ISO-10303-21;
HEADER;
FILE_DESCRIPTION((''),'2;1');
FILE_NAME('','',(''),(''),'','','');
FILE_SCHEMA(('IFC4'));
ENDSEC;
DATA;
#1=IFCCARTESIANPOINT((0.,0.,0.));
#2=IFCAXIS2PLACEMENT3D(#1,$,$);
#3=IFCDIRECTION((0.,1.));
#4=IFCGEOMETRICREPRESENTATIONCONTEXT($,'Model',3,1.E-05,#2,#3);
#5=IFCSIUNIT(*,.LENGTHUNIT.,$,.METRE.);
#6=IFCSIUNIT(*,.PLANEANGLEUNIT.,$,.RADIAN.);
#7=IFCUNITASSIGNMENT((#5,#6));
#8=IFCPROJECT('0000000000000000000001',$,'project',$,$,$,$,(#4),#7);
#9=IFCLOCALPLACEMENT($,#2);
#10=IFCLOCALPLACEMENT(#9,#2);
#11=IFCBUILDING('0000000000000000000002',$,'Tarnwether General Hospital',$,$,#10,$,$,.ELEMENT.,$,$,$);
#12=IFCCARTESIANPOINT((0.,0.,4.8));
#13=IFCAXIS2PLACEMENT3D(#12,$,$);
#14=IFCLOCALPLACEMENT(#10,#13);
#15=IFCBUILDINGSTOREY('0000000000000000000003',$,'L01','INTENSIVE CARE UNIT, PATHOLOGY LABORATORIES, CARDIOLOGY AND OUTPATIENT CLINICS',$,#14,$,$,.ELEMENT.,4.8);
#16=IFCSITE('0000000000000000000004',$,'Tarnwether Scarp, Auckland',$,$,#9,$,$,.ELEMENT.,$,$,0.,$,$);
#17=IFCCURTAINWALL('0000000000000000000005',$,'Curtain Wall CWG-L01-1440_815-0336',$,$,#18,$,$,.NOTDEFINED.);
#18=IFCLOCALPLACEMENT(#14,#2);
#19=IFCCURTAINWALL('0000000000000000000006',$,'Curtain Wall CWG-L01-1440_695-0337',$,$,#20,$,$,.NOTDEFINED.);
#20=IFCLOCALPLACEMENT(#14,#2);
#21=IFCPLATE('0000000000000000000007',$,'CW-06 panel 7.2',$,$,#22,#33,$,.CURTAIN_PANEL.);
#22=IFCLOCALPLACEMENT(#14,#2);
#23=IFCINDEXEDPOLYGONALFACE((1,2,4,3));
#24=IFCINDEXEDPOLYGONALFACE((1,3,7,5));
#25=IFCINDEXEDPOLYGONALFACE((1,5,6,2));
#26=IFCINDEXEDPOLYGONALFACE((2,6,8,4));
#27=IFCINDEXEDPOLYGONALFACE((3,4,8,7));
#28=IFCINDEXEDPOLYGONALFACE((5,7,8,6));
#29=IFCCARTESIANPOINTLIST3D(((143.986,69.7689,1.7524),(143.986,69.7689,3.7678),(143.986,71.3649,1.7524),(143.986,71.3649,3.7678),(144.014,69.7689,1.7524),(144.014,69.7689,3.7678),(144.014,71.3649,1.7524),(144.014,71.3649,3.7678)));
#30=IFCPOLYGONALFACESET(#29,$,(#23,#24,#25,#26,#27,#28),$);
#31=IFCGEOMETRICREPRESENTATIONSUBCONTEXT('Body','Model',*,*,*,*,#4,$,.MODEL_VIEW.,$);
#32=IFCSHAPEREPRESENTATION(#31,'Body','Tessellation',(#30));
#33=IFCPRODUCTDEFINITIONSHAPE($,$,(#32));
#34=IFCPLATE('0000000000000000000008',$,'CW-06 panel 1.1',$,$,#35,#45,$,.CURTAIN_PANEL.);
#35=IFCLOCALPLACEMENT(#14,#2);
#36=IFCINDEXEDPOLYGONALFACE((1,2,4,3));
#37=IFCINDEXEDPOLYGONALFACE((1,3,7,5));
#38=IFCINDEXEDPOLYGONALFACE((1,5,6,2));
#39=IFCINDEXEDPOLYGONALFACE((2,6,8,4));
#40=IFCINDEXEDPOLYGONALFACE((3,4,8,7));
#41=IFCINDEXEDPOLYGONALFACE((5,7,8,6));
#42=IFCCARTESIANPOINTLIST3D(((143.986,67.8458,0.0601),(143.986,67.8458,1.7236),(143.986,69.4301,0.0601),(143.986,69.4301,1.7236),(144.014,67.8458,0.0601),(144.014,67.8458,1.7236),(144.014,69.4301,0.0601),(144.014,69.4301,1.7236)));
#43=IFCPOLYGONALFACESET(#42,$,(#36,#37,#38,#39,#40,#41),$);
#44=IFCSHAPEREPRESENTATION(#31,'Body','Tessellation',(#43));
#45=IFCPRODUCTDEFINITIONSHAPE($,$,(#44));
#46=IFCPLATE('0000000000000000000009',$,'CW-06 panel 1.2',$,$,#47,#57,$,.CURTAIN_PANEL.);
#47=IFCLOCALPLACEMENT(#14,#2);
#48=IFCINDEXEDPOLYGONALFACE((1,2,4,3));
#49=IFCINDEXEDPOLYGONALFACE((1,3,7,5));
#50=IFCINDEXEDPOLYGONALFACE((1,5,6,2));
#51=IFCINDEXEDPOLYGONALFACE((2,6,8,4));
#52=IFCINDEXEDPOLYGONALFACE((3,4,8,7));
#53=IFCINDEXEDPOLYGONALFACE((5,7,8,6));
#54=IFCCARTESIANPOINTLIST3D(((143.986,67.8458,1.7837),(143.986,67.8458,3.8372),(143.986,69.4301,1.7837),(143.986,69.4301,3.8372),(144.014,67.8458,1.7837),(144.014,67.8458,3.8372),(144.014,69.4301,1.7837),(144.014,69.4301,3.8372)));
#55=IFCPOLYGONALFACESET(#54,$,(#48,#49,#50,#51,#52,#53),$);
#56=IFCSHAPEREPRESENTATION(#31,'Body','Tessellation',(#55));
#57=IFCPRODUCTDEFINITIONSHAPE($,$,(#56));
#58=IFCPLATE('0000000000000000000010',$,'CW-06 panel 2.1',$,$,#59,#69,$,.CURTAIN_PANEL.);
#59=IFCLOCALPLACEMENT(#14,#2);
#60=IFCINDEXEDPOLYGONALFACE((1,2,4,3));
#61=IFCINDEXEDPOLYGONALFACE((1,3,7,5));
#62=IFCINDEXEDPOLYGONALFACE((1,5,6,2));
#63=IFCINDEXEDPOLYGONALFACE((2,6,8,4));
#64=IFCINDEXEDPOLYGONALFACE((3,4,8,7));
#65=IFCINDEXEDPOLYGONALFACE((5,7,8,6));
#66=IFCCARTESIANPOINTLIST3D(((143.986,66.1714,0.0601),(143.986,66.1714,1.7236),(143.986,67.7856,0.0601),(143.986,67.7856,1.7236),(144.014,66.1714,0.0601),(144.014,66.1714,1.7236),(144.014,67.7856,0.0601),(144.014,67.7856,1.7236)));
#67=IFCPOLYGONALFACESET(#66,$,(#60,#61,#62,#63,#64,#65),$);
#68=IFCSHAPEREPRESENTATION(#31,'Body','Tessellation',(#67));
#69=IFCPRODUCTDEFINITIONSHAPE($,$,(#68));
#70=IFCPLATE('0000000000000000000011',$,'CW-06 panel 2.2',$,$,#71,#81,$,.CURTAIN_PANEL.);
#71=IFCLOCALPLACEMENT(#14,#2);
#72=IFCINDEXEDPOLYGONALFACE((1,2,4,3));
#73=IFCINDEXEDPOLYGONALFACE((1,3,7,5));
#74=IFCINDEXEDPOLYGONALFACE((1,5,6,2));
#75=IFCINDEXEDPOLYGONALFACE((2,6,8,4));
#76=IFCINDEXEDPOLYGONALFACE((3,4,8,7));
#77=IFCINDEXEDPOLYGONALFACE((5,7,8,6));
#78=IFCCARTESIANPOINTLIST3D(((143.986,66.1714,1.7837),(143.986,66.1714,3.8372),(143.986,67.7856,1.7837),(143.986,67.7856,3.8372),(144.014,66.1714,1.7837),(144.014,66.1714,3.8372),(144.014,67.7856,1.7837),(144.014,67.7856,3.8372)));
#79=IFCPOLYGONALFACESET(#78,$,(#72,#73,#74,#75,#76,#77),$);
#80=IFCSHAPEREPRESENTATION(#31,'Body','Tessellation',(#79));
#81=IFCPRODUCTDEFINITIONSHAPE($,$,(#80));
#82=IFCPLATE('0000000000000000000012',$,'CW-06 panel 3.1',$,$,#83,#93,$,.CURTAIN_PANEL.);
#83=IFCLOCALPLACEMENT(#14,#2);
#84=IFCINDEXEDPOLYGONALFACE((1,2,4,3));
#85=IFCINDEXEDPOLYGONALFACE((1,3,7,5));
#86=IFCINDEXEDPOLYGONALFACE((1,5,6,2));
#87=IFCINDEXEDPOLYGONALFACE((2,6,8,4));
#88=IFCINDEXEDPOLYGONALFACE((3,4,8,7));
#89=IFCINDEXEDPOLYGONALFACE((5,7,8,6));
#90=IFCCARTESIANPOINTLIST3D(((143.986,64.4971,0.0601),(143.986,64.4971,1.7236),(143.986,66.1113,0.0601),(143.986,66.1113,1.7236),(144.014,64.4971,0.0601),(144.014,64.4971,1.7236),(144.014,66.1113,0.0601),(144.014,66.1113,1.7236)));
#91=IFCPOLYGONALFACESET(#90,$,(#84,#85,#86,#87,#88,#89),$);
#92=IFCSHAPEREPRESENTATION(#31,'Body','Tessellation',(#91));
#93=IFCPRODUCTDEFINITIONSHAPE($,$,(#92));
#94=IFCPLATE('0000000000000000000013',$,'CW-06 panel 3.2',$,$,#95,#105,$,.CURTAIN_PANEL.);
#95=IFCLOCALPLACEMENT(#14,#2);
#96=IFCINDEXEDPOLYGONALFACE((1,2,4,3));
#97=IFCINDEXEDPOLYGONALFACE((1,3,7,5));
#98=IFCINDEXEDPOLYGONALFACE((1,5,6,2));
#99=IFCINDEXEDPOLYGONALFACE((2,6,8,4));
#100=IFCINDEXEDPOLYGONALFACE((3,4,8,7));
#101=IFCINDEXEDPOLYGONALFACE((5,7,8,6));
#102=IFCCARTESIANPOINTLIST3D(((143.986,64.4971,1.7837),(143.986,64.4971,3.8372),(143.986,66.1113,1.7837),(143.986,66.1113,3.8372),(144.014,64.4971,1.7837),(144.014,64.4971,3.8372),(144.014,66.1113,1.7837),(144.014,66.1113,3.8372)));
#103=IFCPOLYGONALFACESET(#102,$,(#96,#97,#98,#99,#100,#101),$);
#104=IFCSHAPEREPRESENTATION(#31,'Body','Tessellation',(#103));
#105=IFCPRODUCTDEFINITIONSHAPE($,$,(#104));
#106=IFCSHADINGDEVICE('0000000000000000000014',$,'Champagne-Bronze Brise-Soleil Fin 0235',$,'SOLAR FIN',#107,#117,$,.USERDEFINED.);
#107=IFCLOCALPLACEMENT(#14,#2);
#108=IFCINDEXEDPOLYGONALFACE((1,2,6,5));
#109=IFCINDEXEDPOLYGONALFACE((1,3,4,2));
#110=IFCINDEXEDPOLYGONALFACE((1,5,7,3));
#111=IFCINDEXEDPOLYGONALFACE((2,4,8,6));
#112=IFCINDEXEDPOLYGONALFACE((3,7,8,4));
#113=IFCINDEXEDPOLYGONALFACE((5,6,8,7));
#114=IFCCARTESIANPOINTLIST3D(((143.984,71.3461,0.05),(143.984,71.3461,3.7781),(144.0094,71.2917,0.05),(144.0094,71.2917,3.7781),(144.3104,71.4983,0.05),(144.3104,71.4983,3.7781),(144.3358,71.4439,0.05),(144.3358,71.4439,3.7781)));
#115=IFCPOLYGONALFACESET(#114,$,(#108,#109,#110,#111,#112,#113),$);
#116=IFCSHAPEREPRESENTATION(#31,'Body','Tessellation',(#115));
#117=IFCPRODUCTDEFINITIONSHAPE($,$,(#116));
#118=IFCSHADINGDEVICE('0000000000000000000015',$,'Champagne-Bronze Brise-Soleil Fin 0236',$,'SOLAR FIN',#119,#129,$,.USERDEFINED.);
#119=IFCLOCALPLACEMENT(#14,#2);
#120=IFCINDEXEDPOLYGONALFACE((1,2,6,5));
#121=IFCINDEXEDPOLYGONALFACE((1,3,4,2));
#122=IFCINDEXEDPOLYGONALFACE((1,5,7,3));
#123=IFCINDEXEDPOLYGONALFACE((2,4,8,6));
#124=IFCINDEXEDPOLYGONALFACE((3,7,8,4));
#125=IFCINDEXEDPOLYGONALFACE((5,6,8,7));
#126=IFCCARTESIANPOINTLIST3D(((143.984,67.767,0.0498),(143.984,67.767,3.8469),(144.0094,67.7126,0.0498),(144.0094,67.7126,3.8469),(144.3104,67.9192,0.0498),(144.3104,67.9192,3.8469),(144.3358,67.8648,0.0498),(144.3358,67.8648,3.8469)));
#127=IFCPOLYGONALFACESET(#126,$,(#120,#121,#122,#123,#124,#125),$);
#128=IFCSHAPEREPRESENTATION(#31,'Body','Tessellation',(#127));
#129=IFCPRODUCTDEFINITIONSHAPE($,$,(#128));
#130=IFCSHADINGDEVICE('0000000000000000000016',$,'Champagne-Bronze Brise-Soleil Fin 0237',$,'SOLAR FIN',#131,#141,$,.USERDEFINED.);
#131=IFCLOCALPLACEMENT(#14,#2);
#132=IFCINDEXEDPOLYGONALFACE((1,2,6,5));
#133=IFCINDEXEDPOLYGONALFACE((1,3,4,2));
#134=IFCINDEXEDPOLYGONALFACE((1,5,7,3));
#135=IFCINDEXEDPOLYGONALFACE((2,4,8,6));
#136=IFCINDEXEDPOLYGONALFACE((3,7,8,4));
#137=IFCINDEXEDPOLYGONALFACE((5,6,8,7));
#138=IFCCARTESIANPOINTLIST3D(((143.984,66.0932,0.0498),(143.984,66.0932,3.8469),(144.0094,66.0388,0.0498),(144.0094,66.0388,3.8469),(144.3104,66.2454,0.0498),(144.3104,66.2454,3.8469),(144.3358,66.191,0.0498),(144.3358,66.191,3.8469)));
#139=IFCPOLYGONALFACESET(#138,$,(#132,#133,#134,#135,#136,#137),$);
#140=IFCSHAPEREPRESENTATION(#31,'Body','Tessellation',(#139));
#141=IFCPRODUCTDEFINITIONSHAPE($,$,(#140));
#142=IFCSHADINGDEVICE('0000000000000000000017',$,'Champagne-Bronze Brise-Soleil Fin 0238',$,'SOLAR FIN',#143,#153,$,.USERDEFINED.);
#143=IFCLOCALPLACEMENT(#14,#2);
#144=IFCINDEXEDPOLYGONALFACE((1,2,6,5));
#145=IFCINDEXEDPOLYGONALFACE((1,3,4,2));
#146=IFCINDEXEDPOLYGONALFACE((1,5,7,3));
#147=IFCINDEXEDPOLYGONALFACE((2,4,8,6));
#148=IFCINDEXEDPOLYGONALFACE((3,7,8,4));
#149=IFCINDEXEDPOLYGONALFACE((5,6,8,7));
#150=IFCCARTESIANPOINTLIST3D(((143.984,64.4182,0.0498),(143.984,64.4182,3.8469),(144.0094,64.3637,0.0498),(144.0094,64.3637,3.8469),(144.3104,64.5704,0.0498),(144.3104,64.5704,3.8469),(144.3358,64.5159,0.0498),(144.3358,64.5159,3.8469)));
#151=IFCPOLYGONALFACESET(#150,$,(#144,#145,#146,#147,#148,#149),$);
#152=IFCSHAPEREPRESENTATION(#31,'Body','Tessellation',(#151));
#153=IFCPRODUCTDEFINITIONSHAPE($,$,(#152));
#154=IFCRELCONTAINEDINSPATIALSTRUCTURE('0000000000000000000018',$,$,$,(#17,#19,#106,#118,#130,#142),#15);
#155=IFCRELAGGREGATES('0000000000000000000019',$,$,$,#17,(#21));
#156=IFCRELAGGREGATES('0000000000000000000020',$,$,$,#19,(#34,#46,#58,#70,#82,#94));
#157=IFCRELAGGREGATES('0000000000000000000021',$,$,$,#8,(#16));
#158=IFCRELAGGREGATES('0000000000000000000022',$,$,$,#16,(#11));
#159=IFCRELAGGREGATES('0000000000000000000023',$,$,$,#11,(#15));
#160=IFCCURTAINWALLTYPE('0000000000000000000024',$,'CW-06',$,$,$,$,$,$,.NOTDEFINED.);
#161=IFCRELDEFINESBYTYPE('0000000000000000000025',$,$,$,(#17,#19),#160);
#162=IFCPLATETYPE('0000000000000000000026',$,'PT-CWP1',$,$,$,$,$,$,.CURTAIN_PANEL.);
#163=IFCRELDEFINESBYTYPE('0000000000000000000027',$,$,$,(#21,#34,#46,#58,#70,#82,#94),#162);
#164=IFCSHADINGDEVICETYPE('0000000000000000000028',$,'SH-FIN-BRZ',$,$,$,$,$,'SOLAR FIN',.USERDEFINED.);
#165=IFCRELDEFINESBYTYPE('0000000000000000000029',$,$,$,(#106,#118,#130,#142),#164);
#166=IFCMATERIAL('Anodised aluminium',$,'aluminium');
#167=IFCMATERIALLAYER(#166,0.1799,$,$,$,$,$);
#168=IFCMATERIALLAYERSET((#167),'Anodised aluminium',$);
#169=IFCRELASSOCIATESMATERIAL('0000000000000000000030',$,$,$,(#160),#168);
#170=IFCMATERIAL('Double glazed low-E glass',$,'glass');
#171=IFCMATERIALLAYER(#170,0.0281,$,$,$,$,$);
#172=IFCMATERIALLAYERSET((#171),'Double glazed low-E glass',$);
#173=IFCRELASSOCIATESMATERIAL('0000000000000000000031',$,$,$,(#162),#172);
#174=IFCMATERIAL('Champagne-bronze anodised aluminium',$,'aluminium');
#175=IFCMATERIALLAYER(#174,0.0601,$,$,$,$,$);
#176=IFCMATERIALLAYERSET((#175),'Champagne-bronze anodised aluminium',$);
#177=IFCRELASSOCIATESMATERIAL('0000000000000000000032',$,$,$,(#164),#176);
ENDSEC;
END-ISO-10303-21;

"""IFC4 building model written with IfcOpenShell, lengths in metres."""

from ifc_helpers import new_model, si_unit, direction, frame, origin, origin_2d, place, context, subcontext, project, spatial, rectangle, extrude, material, layer, layer_set, type_object, element, aggregate, save


model = new_model("IFC4")

# Units and contexts
model_context = context("Model", 3, precision=1e-05, world=origin(), true_north=direction((0.0, 1.0)))
body_context = subcontext(model_context, "Body", "Model", "MODEL_VIEW")
ifc_project = project(units=[si_unit("LENGTHUNIT", "METRE"), si_unit("PLANEANGLEUNIT", "RADIAN")], contexts=[model_context])

# Site, building, storey
site_placement = place(None, origin())
site = spatial("IfcSite", under=ifc_project, at=site_placement, Name="Tarnwether Scarp, Auckland", CompositionType="ELEMENT", RefElevation=0.0)
building_placement = place(site_placement, origin())
building = spatial("IfcBuilding", under=site, at=building_placement, Name="Tarnwether General Hospital", CompositionType="ELEMENT")
storey_placement = place(building_placement, frame((0.0, 0.0, 4.8)))
storey = spatial("IfcBuildingStorey", under=building, at=storey_placement, Name="L01", Description="INTENSIVE CARE UNIT, PATHOLOGY LABORATORIES, CARDIOLOGY AND OUTPATIENT CLINICS", CompositionType="ELEMENT", Elevation=4.8)

# Curtain walls
ifc_material_1 = material(Name="Anodised aluminium", Category="aluminium")
ifc_layer_1 = layer(ifc_material_1, 0.1799)
ifc_layer_set_1 = layer_set([ifc_layer_1], Name="Anodised aluminium")
curtain_wall_type = type_object("IfcCurtainWallType", Name="CW-06", PredefinedType="NOTDEFINED", material=ifc_layer_set_1)
curtain_wall_1_placement = place(storey_placement, origin())
curtain_wall_1 = element("IfcCurtainWall", 1, at=curtain_wall_1_placement, inside=storey, type_object=curtain_wall_type, Name="Curtain Wall CWG-L01-1440_815-0336", PredefinedType="NOTDEFINED")
curtain_wall_2_placement = place(storey_placement, origin())
curtain_wall_2 = element("IfcCurtainWall", 2, at=curtain_wall_2_placement, inside=storey, type_object=curtain_wall_type, Name="Curtain Wall CWG-L01-1440_695-0337", PredefinedType="NOTDEFINED")

# Plates
ifc_material_2 = material(Name="Double glazed low-E glass", Category="glass")
ifc_layer_2 = layer(ifc_material_2, 0.0281)
ifc_layer_set_2 = layer_set([ifc_layer_2], Name="Double glazed low-E glass")
plate_type = type_object("IfcPlateType", Name="PT-CWP1", PredefinedType="CURTAIN_PANEL", material=ifc_layer_set_2)
plate_1_placement = place(storey_placement, frame((144.0, 70.5669, 1.7524), z_axis=(0.0, 0.0, 1.0), x_axis=(0.0, -1.0, 0.0)))
plate_1 = element("IfcPlate", 3, at=plate_1_placement, type_object=plate_type, Name="CW-06 panel 7.2", PredefinedType="CURTAIN_PANEL", context=body_context, shape_type="SweptSolid", body=[
    extrude(rectangle(XDim=1.5959, YDim=0.0281, at=origin_2d()), origin(), (0.0, 0.0, 1.0), 2.0154),
])
aggregate(curtain_wall_1, [plate_1])
plate_2_placement = place(storey_placement, frame((144.0, 68.6379, 0.0601), z_axis=(0.0, 0.0, 1.0), x_axis=(0.0, -1.0, 0.0)))
plate_2 = element("IfcPlate", 4, at=plate_2_placement, type_object=plate_type, Name="CW-06 panel 1.1", PredefinedType="CURTAIN_PANEL", context=body_context, shape_type="SweptSolid", body=[
    extrude(rectangle(XDim=1.5842, YDim=0.0281, at=origin_2d()), origin(), (0.0, 0.0, 1.0), 1.6636),
])
plate_3_placement = place(storey_placement, frame((144.0, 68.6379, 1.7837), z_axis=(0.0, 0.0, 1.0), x_axis=(0.0, -1.0, 0.0)))
plate_3 = element("IfcPlate", 5, at=plate_3_placement, type_object=plate_type, Name="CW-06 panel 1.2", PredefinedType="CURTAIN_PANEL", context=body_context, shape_type="SweptSolid", body=[
    extrude(rectangle(XDim=1.5842, YDim=0.0281, at=origin_2d()), origin(), (0.0, 0.0, 1.0), 2.0535),
])
plate_4_placement = place(storey_placement, frame((144.0, 66.9785, 0.0601), z_axis=(0.0, 0.0, 1.0), x_axis=(0.0, -1.0, 0.0)))
plate_4 = element("IfcPlate", 6, at=plate_4_placement, type_object=plate_type, Name="CW-06 panel 2.1", PredefinedType="CURTAIN_PANEL", context=body_context, shape_type="SweptSolid", body=[
    extrude(rectangle(XDim=1.6143, YDim=0.0281, at=origin_2d()), origin(), (0.0, 0.0, 1.0), 1.6636),
])
plate_5_placement = place(storey_placement, frame((144.0, 66.9785, 1.7837), z_axis=(0.0, 0.0, 1.0), x_axis=(0.0, -1.0, 0.0)))
plate_5 = element("IfcPlate", 7, at=plate_5_placement, type_object=plate_type, Name="CW-06 panel 2.2", PredefinedType="CURTAIN_PANEL", context=body_context, shape_type="SweptSolid", body=[
    extrude(rectangle(XDim=1.6143, YDim=0.0281, at=origin_2d()), origin(), (0.0, 0.0, 1.0), 2.0535),
])
plate_6_placement = place(storey_placement, frame((144.0, 65.3042, 0.0601), z_axis=(0.0, 0.0, 1.0), x_axis=(0.0, -1.0, 0.0)))
plate_6 = element("IfcPlate", 8, at=plate_6_placement, type_object=plate_type, Name="CW-06 panel 3.1", PredefinedType="CURTAIN_PANEL", context=body_context, shape_type="SweptSolid", body=[
    extrude(rectangle(XDim=1.6143, YDim=0.0281, at=origin_2d()), origin(), (0.0, 0.0, 1.0), 1.6636),
])
plate_7_placement = place(storey_placement, frame((144.0, 65.3042, 1.7837), z_axis=(0.0, 0.0, 1.0), x_axis=(0.0, -1.0, 0.0)))
plate_7 = element("IfcPlate", 9, at=plate_7_placement, type_object=plate_type, Name="CW-06 panel 3.2", PredefinedType="CURTAIN_PANEL", context=body_context, shape_type="SweptSolid", body=[
    extrude(rectangle(XDim=1.6143, YDim=0.0281, at=origin_2d()), origin(), (0.0, 0.0, 1.0), 2.0535),
])
aggregate(curtain_wall_2, [plate_2, plate_3, plate_4, plate_5, plate_6, plate_7])

# Shading devices
ifc_material_3 = material(Name="Champagne-bronze anodised aluminium", Category="aluminium")
ifc_layer_3 = layer(ifc_material_3, 0.0601)
ifc_layer_set_3 = layer_set([ifc_layer_3], Name="Champagne-bronze anodised aluminium")
shading_device_type = type_object("IfcShadingDeviceType", Name="SH-FIN-BRZ", ElementType="SOLAR FIN", PredefinedType="USERDEFINED", material=ifc_layer_set_3)
shading_device_placement = place(storey_placement, frame((144.1599, 71.395, 0.05), z_axis=(0.0, 0.0, 1.0), x_axis=(0.422618, -0.906308, 0.0)))
element("IfcShadingDevice", 10, at=shading_device_placement, inside=storey, type_object=shading_device_type, Name="Champagne-Bronze Brise-Soleil Fin 0235", ObjectType="SOLAR FIN", PredefinedType="USERDEFINED", context=body_context, shape_type="SweptSolid", body=[
    extrude(rectangle(XDim=0.0601, YDim=0.3601, at=origin_2d()), origin(), (0.0, 0.0, 1.0), 3.728),
])
for number, where, z_axis, x_axis, name in (
    (11, (144.1599, 67.8159, 0.0498), (0.0, 0.0, 1.0), (0.422618, -0.906308, 0.0), "Champagne-Bronze Brise-Soleil Fin 0236"),
    (12, (144.1599, 66.1421, 0.0498), (0.0, 0.0, 1.0), (0.422618, -0.906308, 0.0), "Champagne-Bronze Brise-Soleil Fin 0237"),
    (13, (144.1599, 64.467, 0.0498), (0.0, 0.0, 1.0), (0.422618, -0.906308, 0.0), "Champagne-Bronze Brise-Soleil Fin 0238"),
):
    element("IfcShadingDevice", number, at=place(storey_placement, frame(where, z_axis=z_axis, x_axis=x_axis)), inside=storey, type_object=shading_device_type, Name=name, ObjectType="SOLAR FIN", PredefinedType="USERDEFINED", context=body_context, shape_type="SweptSolid", body=[
        extrude(rectangle(XDim=0.0601, YDim=0.3601, at=origin_2d()), origin(), (0.0, 0.0, 1.0), 3.7971),
    ])

save(model, "model.ifc")
